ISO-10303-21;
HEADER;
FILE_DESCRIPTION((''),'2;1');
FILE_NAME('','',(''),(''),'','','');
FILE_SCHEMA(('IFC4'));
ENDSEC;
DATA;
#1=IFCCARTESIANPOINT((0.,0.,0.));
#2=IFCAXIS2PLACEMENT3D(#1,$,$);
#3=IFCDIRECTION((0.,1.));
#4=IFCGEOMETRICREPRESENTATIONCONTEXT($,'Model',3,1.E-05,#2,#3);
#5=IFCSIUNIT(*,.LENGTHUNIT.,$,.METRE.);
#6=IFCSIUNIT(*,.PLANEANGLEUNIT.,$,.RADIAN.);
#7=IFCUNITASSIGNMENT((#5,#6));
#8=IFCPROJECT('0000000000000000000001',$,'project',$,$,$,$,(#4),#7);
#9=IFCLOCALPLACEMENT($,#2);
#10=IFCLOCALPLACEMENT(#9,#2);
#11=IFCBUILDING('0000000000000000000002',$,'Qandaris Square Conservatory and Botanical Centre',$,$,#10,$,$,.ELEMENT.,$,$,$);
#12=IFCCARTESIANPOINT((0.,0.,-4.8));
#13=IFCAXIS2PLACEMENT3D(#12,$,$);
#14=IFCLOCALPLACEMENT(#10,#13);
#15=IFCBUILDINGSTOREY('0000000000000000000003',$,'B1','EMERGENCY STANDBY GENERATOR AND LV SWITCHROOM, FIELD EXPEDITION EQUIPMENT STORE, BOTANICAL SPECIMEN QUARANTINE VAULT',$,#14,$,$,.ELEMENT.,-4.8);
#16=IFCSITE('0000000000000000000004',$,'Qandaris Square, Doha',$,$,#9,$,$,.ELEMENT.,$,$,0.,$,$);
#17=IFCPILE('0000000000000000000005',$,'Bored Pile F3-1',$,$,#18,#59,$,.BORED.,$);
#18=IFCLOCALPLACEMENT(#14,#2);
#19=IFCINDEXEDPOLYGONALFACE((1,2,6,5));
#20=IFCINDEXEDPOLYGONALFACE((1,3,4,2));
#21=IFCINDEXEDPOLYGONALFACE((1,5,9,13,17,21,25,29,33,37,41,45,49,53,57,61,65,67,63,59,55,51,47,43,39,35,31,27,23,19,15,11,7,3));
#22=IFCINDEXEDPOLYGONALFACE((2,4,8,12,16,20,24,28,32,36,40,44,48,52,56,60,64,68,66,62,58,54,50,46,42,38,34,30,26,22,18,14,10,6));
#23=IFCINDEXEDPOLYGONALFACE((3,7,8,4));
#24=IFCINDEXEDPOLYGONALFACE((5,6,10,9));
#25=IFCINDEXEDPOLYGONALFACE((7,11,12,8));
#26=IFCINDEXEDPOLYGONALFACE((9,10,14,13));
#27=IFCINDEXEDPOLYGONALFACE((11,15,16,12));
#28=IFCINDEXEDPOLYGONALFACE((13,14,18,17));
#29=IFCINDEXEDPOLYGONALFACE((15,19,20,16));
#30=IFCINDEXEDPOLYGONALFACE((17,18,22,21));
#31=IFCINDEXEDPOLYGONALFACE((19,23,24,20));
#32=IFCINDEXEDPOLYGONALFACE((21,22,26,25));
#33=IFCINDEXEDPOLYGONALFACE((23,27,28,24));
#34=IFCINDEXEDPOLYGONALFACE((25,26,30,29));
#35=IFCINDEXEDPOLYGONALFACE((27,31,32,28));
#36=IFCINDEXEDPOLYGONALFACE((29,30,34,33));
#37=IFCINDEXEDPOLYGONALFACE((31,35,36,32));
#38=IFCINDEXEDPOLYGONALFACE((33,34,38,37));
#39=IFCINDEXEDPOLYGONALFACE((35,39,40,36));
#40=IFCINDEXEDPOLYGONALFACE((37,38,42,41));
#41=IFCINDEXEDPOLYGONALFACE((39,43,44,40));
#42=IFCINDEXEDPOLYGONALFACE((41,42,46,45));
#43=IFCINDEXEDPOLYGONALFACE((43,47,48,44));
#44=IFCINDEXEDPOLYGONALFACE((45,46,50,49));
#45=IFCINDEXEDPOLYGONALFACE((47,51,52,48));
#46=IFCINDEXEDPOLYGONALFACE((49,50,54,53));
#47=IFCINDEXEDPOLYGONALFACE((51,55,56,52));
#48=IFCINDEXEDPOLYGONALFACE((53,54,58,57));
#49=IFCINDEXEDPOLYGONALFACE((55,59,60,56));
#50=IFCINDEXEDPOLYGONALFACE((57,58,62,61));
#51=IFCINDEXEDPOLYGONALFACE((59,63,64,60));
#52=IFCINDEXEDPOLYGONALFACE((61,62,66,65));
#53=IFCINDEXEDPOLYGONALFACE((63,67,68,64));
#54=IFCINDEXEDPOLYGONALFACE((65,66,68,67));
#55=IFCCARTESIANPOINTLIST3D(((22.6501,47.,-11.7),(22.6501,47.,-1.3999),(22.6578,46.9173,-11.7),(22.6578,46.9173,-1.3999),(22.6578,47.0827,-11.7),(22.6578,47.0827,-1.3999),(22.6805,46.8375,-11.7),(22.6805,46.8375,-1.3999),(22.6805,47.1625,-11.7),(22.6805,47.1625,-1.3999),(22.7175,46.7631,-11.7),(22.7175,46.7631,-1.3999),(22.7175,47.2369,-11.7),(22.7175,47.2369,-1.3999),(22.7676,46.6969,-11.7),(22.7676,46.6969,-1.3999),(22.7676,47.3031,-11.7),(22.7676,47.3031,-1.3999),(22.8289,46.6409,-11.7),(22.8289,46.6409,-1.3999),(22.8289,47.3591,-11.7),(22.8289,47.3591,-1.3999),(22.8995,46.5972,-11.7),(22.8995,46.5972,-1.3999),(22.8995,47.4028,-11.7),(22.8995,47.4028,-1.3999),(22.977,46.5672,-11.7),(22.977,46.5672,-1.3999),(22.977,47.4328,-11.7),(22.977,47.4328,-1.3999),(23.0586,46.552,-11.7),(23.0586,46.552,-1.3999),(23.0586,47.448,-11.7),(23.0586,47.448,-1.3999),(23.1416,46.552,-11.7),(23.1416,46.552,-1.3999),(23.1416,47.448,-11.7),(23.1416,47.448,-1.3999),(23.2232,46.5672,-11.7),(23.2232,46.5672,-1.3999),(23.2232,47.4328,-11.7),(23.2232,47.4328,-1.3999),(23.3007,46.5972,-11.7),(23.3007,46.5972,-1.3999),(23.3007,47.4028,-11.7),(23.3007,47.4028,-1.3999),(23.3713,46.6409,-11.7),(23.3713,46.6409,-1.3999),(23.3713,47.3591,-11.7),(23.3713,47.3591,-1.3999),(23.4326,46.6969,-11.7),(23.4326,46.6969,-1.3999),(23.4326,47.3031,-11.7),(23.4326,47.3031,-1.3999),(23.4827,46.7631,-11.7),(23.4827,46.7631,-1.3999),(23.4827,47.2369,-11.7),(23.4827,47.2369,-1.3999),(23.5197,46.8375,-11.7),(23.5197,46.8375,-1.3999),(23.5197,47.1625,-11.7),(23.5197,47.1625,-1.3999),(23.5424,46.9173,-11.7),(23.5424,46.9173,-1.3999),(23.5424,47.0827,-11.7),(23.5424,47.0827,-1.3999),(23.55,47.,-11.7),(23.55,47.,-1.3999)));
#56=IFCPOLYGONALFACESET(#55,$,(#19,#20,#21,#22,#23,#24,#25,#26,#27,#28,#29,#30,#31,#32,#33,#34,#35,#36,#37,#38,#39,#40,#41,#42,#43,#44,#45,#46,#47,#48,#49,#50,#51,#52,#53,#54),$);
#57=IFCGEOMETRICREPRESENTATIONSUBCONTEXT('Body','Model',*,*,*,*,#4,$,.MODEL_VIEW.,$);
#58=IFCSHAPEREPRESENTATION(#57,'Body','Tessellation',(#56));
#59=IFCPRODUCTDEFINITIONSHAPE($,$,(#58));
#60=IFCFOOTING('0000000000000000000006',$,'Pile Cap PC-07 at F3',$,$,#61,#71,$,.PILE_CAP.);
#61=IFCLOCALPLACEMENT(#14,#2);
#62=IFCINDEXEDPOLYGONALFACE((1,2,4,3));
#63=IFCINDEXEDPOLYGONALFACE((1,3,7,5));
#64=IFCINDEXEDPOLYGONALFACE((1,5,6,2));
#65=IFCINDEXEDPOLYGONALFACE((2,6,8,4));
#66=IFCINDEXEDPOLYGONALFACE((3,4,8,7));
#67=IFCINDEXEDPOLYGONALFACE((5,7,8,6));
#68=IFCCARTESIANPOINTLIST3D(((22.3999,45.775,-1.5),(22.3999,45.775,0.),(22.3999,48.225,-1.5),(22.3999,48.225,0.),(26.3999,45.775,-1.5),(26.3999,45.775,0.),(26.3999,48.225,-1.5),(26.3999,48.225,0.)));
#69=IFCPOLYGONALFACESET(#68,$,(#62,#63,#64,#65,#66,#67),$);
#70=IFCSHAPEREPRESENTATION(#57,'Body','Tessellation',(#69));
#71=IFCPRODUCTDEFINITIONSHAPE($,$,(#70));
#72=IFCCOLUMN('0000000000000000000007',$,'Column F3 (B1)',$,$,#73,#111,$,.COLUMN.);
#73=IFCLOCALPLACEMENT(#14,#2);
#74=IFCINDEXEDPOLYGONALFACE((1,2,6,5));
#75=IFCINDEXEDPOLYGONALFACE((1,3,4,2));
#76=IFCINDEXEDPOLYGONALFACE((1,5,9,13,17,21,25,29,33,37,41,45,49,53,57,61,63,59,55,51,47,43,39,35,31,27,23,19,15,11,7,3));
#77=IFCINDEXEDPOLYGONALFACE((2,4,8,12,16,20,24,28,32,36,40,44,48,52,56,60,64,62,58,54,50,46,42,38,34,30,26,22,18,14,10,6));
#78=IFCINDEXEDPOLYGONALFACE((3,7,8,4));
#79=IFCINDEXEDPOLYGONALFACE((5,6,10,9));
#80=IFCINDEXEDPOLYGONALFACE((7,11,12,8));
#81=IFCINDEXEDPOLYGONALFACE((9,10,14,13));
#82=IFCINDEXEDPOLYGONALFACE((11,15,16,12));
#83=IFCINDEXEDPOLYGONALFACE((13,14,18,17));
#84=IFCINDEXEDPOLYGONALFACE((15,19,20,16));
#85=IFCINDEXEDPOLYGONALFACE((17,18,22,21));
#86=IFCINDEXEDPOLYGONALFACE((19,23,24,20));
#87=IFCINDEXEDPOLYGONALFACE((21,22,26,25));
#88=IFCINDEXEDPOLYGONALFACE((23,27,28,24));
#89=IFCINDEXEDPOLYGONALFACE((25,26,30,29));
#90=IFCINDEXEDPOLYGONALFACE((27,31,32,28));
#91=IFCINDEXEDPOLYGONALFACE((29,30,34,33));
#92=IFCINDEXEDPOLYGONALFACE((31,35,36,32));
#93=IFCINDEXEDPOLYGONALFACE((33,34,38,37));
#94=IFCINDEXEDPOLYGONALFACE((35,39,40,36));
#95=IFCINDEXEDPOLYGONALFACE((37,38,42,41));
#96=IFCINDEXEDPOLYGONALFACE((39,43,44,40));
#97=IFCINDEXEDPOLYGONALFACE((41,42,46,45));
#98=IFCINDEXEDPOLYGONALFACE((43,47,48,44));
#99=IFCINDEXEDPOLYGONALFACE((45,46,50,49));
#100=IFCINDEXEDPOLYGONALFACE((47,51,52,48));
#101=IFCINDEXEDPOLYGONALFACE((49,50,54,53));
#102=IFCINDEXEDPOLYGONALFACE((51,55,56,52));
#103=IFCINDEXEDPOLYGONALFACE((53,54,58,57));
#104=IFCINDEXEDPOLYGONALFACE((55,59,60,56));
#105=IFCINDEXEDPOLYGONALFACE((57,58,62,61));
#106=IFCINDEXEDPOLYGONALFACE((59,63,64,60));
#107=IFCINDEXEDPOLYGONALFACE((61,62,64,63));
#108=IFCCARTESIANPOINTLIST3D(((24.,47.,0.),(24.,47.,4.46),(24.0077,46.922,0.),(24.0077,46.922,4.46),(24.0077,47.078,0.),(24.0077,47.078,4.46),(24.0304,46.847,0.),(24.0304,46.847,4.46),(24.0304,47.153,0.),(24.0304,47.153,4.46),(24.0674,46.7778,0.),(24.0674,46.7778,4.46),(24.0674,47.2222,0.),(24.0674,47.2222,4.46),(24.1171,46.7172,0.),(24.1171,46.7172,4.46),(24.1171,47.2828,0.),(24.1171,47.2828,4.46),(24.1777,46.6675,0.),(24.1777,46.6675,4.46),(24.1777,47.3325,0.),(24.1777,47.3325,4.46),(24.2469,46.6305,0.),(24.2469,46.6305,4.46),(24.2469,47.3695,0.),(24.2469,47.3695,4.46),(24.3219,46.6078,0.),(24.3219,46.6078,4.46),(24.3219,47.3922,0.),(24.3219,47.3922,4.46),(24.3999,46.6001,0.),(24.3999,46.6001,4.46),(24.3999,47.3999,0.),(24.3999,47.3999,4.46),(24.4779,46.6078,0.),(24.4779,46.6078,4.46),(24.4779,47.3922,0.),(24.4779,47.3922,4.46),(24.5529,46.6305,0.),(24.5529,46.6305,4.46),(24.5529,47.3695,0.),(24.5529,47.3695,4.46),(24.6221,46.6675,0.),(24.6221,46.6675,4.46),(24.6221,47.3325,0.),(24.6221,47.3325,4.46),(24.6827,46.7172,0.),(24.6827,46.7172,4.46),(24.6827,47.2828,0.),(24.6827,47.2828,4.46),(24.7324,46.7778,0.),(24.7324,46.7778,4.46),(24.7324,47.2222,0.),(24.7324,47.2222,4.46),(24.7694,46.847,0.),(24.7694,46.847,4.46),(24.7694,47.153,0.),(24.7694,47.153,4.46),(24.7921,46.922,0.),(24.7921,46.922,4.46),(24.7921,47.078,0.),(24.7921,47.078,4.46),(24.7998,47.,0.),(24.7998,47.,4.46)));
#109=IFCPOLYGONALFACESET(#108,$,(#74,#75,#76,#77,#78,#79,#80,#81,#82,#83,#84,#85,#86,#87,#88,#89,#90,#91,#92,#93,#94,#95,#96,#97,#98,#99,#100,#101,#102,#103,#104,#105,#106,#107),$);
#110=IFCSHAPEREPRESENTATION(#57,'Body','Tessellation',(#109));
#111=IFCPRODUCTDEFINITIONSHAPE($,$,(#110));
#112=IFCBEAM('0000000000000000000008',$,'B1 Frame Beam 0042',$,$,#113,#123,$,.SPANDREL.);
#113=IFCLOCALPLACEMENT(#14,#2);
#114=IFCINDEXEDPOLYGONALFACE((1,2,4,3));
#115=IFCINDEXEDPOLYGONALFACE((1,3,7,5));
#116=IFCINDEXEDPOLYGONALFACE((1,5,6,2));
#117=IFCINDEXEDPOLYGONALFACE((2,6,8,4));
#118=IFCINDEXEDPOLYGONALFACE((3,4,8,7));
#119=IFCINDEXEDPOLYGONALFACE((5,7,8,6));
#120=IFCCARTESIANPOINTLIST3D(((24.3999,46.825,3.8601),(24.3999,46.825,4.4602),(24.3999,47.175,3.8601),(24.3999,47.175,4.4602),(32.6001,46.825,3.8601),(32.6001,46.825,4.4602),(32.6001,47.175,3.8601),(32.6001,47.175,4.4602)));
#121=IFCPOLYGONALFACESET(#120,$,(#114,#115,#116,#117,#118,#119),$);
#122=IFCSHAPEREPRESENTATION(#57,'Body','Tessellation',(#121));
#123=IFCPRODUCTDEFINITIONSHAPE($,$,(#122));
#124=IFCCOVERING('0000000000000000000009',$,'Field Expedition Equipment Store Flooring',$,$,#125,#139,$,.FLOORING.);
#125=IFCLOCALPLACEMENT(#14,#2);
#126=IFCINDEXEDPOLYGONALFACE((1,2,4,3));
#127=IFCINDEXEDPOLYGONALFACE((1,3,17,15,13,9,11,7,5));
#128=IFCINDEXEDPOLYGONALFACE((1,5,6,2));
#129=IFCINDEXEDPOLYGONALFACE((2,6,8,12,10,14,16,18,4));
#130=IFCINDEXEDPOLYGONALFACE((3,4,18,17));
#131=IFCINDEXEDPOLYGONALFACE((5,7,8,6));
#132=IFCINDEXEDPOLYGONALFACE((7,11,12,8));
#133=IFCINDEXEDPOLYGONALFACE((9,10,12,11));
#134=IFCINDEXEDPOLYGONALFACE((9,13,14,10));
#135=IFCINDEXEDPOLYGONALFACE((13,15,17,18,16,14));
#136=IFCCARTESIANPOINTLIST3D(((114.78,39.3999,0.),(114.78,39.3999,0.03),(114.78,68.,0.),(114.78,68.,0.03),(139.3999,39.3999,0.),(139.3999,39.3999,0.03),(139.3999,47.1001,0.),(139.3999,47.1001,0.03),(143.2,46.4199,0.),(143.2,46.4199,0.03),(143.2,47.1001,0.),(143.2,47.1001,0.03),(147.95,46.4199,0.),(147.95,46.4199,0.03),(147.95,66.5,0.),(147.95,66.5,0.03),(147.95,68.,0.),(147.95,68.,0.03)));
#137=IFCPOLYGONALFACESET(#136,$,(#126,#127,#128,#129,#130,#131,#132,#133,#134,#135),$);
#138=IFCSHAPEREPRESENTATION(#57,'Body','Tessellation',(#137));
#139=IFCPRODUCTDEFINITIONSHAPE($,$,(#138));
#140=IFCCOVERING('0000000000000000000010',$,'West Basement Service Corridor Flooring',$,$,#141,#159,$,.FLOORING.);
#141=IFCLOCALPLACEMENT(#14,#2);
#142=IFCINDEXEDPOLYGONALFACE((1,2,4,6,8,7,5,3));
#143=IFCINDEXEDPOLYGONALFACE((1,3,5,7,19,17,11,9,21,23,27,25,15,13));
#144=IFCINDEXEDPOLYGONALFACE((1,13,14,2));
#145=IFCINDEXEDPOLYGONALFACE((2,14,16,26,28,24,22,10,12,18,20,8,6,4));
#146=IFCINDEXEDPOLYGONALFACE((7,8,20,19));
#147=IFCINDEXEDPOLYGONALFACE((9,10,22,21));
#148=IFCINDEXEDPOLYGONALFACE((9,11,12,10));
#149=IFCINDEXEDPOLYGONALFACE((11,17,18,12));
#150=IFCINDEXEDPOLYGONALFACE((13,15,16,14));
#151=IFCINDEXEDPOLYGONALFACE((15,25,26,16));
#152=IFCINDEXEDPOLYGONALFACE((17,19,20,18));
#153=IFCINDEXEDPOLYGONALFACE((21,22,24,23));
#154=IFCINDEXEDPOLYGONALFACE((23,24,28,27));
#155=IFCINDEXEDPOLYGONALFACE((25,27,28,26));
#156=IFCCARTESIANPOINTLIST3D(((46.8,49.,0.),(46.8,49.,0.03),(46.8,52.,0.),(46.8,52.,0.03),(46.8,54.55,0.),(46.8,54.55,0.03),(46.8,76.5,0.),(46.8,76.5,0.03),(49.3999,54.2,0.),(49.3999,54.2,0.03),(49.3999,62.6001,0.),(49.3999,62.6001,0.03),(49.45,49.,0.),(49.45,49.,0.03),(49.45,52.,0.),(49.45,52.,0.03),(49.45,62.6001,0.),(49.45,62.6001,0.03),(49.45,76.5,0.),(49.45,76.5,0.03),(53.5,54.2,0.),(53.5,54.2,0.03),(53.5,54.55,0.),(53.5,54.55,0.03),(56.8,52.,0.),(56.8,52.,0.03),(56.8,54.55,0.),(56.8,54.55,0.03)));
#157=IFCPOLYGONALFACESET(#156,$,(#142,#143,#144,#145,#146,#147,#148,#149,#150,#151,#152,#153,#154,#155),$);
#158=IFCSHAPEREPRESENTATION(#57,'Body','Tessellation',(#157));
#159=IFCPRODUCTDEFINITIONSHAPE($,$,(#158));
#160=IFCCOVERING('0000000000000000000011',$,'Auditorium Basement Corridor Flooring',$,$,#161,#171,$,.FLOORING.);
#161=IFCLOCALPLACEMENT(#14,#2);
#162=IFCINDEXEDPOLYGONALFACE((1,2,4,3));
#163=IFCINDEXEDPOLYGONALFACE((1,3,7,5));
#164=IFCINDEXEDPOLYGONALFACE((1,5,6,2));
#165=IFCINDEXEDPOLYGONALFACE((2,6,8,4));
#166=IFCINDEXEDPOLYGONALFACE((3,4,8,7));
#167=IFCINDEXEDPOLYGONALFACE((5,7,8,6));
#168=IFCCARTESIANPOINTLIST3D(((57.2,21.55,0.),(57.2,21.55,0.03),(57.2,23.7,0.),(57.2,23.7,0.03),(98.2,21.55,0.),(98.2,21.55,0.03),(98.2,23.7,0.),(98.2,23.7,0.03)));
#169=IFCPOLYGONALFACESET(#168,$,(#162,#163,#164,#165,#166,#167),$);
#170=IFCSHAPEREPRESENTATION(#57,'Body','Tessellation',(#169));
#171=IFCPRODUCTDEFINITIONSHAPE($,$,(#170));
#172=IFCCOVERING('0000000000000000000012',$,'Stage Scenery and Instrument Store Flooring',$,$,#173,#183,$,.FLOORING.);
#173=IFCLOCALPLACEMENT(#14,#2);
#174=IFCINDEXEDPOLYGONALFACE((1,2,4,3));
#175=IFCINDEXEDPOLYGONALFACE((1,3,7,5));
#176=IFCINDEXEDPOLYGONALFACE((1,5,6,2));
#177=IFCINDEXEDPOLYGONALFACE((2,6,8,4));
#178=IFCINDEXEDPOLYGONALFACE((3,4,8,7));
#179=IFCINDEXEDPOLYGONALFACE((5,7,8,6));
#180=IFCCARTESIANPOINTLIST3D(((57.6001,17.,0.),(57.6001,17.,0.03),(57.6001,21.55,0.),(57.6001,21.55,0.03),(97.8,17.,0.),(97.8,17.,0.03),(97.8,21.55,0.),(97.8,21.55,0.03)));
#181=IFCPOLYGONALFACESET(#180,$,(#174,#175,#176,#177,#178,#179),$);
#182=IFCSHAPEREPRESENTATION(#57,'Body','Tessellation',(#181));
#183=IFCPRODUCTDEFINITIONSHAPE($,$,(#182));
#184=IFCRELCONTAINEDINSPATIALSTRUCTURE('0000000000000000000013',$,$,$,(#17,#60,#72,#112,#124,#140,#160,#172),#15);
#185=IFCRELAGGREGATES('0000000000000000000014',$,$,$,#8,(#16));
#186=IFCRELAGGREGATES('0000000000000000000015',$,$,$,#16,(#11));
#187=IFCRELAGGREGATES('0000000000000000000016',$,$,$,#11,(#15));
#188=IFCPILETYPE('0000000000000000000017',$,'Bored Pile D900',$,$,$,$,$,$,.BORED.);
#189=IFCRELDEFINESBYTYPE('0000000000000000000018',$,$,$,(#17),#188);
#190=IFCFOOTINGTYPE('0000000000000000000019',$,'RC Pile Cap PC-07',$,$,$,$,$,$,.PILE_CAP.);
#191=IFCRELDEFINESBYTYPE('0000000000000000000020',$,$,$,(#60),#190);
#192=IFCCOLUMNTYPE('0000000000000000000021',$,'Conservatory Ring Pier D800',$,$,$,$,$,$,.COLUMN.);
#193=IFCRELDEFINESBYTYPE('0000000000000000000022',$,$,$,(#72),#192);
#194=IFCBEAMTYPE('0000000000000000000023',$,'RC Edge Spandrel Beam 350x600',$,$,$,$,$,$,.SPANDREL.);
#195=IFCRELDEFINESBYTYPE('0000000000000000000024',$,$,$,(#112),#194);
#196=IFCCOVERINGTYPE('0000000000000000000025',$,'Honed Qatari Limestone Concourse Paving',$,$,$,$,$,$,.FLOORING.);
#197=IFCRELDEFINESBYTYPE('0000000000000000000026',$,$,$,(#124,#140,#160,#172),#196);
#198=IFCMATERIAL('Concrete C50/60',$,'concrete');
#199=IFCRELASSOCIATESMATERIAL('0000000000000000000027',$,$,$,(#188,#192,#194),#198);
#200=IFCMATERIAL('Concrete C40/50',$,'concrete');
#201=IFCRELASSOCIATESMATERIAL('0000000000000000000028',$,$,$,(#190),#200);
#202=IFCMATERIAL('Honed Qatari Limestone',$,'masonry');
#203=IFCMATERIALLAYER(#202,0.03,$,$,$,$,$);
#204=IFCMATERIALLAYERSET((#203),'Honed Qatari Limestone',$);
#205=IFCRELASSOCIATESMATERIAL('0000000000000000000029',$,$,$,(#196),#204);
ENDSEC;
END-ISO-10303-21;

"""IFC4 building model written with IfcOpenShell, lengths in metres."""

from ifc_helpers import new_model, si_unit, direction, frame, origin, origin_2d, place, context, subcontext, project, spatial, polyline, rectangle, circle, outline, extrude, material, layer, layer_set, material_profile, profile_set, type_object, element, save


model = new_model("IFC4")

# Units and contexts
model_context = context("Model", 3, precision=1e-05, world=origin(), true_north=direction((0.0, 1.0)))
body_context = subcontext(model_context, "Body", "Model", "MODEL_VIEW")
ifc_project = project(units=[si_unit("LENGTHUNIT", "METRE"), si_unit("PLANEANGLEUNIT", "RADIAN")], contexts=[model_context])

# Site, building, storey
site_placement = place(None, origin())
site = spatial("IfcSite", under=ifc_project, at=site_placement, Name="Qandaris Square, Doha", CompositionType="ELEMENT", RefElevation=0.0)
building_placement = place(site_placement, origin())
building = spatial("IfcBuilding", under=site, at=building_placement, Name="Qandaris Square Conservatory and Botanical Centre", CompositionType="ELEMENT")
storey_placement = place(building_placement, frame((0.0, 0.0, -4.8)))
storey = spatial("IfcBuildingStorey", under=building, at=storey_placement, Name="B1", Description="EMERGENCY STANDBY GENERATOR AND LV SWITCHROOM, FIELD EXPEDITION EQUIPMENT STORE, BOTANICAL SPECIMEN QUARANTINE VAULT", CompositionType="ELEMENT", Elevation=-4.8)

# Pile
ifc_material_1 = material(Name="Concrete C50/60", Category="concrete")
ifc_material_profile_1 = material_profile(ifc_material_1, circle(Radius=0.45, at=origin_2d()), Name="PILE D900")
ifc_profile_set_1 = profile_set([ifc_material_profile_1], Name="Concrete C50/60")
pile_type = type_object("IfcPileType", Name="Bored Pile D900", PredefinedType="BORED", material=ifc_profile_set_1)
pile_placement = place(storey_placement, frame((23.1001, 47.0, -1.3999), z_axis=(0.0, 0.0, -1.0), x_axis=(1.0, 0.0, 0.0)))
element("IfcPile", 1, at=pile_placement, inside=storey, type_object=pile_type, Name="Bored Pile F3-1", PredefinedType="BORED", context=body_context, shape_type="SweptSolid", body=[
    extrude(circle(Radius=0.45, at=origin_2d()), origin(), (0.0, 0.0, 1.0), 10.3),
])

# Footing
ifc_material_2 = material(Name="Concrete C40/50", Category="concrete")
footing_type = type_object("IfcFootingType", Name="RC Pile Cap PC-07", PredefinedType="PILE_CAP", material=ifc_material_2)
footing_placement = place(storey_placement, frame((24.3999, 47.0, -1.5), z_axis=(0.0, 0.0, 1.0), x_axis=(1.0, 0.0, 0.0)))
element("IfcFooting", 2, at=footing_placement, inside=storey, type_object=footing_type, Name="Pile Cap PC-07 at F3", PredefinedType="PILE_CAP", context=body_context, shape_type="SweptSolid", body=[
    extrude(rectangle(XDim=4.0, YDim=2.45, at=origin_2d()), origin(), (0.0, 0.0, 1.0), 1.5),
])

# Column
ifc_material_profile_2 = material_profile(ifc_material_1, circle(Radius=0.3999, at=origin_2d()), Name="RC-COL D800")
ifc_profile_set_2 = profile_set([ifc_material_profile_2], Name="Concrete C50/60")
column_type = type_object("IfcColumnType", Name="Conservatory Ring Pier D800", PredefinedType="COLUMN", material=ifc_profile_set_2)
column_placement = place(storey_placement, frame((24.3999, 47.0, 0.0), z_axis=(0.0, 0.0, 1.0), x_axis=(1.0, 0.0, 0.0)))
element("IfcColumn", 3, at=column_placement, inside=storey, type_object=column_type, Name="Column F3 (B1)", PredefinedType="COLUMN", context=body_context, shape_type="SweptSolid", body=[
    extrude(circle(Radius=0.3999, at=origin_2d()), origin(), (0.0, 0.0, 1.0), 4.46),
])

# Beam
ifc_material_profile_3 = material_profile(ifc_material_1, rectangle(XDim=0.3501, YDim=0.6001, at=origin_2d()), Name="RC-SP 350x600")
ifc_profile_set_3 = profile_set([ifc_material_profile_3], Name="Concrete C50/60")
beam_type = type_object("IfcBeamType", Name="RC Edge Spandrel Beam 350x600", PredefinedType="SPANDREL", material=ifc_profile_set_3)
beam_placement = place(storey_placement, frame((24.3999, 47.0, 4.1602), z_axis=(1.0, 0.0, 0.0), x_axis=(0.0, 1.0, 0.0)))
element("IfcBeam", 4, at=beam_placement, inside=storey, type_object=beam_type, Name="B1 Frame Beam 0042", PredefinedType="SPANDREL", context=body_context, shape_type="SweptSolid", body=[
    extrude(rectangle(XDim=0.3501, YDim=0.6001, at=origin_2d()), origin(), (0.0, 0.0, 1.0), 8.2002),
])

# Coverings
ifc_material_3 = material(Name="Honed Qatari Limestone", Category="masonry")
ifc_layer_1 = layer(ifc_material_3, 0.03)
ifc_layer_set_1 = layer_set([ifc_layer_1], Name="Honed Qatari Limestone")
covering_type_1 = type_object("IfcCoveringType", Name="Honed Qatari Limestone Concourse Paving", PredefinedType="FLOORING", material=ifc_layer_set_1)
covering_1_placement = place(storey_placement, origin())
element("IfcCovering", 5, at=covering_1_placement, inside=storey, type_object=covering_type_1, Name="Field Expedition Equipment Store Flooring", PredefinedType="FLOORING", context=body_context, shape_type="SweptSolid", body=[
    extrude(outline(polyline([(143.2, 46.4199), (143.2, 47.1001), (139.3999, 47.1001), (139.3999, 39.3999), (114.78, 39.3999), (114.78, 68.0), (147.95, 68.0), (147.95, 66.5), (147.95, 46.4199), (143.2, 46.4199)])), origin(), (0.0, 0.0, 1.0), 0.03),
])
covering_2_placement = place(storey_placement, origin())
element("IfcCovering", 6, at=covering_2_placement, inside=storey, type_object=covering_type_1, Name="West Basement Service Corridor Flooring", PredefinedType="FLOORING", context=body_context, shape_type="SweptSolid", body=[
    extrude(outline(polyline([(46.8, 52.0), (46.8, 54.55), (46.8, 76.5), (49.45, 76.5), (49.45, 62.6001), (49.3999, 62.6001), (49.3999, 54.2), (53.5, 54.2), (53.5, 54.55), (56.8, 54.55), (56.8, 52.0), (49.45, 52.0), (49.45, 49.0), (46.8, 49.0), (46.8, 52.0)])), origin(), (0.0, 0.0, 1.0), 0.03),
])
covering_3_placement = place(storey_placement, origin())
element("IfcCovering", 7, at=covering_3_placement, inside=storey, type_object=covering_type_1, Name="Auditorium Basement Corridor Flooring", PredefinedType="FLOORING", context=body_context, shape_type="SweptSolid", body=[
    extrude(outline(polyline([(57.2, 23.7), (98.2, 23.7), (98.2, 21.55), (57.2, 21.55), (57.2, 23.7)])), origin(), (0.0, 0.0, 1.0), 0.03),
])
covering_4_placement = place(storey_placement, origin())
element("IfcCovering", 8, at=covering_4_placement, inside=storey, type_object=covering_type_1, Name="Stage Scenery and Instrument Store Flooring", PredefinedType="FLOORING", context=body_context, shape_type="SweptSolid", body=[
    extrude(outline(polyline([(57.6001, 21.55), (97.8, 21.55), (97.8, 17.0), (57.6001, 17.0), (57.6001, 21.55)])), origin(), (0.0, 0.0, 1.0), 0.03),
])

save(model, "model.ifc")
